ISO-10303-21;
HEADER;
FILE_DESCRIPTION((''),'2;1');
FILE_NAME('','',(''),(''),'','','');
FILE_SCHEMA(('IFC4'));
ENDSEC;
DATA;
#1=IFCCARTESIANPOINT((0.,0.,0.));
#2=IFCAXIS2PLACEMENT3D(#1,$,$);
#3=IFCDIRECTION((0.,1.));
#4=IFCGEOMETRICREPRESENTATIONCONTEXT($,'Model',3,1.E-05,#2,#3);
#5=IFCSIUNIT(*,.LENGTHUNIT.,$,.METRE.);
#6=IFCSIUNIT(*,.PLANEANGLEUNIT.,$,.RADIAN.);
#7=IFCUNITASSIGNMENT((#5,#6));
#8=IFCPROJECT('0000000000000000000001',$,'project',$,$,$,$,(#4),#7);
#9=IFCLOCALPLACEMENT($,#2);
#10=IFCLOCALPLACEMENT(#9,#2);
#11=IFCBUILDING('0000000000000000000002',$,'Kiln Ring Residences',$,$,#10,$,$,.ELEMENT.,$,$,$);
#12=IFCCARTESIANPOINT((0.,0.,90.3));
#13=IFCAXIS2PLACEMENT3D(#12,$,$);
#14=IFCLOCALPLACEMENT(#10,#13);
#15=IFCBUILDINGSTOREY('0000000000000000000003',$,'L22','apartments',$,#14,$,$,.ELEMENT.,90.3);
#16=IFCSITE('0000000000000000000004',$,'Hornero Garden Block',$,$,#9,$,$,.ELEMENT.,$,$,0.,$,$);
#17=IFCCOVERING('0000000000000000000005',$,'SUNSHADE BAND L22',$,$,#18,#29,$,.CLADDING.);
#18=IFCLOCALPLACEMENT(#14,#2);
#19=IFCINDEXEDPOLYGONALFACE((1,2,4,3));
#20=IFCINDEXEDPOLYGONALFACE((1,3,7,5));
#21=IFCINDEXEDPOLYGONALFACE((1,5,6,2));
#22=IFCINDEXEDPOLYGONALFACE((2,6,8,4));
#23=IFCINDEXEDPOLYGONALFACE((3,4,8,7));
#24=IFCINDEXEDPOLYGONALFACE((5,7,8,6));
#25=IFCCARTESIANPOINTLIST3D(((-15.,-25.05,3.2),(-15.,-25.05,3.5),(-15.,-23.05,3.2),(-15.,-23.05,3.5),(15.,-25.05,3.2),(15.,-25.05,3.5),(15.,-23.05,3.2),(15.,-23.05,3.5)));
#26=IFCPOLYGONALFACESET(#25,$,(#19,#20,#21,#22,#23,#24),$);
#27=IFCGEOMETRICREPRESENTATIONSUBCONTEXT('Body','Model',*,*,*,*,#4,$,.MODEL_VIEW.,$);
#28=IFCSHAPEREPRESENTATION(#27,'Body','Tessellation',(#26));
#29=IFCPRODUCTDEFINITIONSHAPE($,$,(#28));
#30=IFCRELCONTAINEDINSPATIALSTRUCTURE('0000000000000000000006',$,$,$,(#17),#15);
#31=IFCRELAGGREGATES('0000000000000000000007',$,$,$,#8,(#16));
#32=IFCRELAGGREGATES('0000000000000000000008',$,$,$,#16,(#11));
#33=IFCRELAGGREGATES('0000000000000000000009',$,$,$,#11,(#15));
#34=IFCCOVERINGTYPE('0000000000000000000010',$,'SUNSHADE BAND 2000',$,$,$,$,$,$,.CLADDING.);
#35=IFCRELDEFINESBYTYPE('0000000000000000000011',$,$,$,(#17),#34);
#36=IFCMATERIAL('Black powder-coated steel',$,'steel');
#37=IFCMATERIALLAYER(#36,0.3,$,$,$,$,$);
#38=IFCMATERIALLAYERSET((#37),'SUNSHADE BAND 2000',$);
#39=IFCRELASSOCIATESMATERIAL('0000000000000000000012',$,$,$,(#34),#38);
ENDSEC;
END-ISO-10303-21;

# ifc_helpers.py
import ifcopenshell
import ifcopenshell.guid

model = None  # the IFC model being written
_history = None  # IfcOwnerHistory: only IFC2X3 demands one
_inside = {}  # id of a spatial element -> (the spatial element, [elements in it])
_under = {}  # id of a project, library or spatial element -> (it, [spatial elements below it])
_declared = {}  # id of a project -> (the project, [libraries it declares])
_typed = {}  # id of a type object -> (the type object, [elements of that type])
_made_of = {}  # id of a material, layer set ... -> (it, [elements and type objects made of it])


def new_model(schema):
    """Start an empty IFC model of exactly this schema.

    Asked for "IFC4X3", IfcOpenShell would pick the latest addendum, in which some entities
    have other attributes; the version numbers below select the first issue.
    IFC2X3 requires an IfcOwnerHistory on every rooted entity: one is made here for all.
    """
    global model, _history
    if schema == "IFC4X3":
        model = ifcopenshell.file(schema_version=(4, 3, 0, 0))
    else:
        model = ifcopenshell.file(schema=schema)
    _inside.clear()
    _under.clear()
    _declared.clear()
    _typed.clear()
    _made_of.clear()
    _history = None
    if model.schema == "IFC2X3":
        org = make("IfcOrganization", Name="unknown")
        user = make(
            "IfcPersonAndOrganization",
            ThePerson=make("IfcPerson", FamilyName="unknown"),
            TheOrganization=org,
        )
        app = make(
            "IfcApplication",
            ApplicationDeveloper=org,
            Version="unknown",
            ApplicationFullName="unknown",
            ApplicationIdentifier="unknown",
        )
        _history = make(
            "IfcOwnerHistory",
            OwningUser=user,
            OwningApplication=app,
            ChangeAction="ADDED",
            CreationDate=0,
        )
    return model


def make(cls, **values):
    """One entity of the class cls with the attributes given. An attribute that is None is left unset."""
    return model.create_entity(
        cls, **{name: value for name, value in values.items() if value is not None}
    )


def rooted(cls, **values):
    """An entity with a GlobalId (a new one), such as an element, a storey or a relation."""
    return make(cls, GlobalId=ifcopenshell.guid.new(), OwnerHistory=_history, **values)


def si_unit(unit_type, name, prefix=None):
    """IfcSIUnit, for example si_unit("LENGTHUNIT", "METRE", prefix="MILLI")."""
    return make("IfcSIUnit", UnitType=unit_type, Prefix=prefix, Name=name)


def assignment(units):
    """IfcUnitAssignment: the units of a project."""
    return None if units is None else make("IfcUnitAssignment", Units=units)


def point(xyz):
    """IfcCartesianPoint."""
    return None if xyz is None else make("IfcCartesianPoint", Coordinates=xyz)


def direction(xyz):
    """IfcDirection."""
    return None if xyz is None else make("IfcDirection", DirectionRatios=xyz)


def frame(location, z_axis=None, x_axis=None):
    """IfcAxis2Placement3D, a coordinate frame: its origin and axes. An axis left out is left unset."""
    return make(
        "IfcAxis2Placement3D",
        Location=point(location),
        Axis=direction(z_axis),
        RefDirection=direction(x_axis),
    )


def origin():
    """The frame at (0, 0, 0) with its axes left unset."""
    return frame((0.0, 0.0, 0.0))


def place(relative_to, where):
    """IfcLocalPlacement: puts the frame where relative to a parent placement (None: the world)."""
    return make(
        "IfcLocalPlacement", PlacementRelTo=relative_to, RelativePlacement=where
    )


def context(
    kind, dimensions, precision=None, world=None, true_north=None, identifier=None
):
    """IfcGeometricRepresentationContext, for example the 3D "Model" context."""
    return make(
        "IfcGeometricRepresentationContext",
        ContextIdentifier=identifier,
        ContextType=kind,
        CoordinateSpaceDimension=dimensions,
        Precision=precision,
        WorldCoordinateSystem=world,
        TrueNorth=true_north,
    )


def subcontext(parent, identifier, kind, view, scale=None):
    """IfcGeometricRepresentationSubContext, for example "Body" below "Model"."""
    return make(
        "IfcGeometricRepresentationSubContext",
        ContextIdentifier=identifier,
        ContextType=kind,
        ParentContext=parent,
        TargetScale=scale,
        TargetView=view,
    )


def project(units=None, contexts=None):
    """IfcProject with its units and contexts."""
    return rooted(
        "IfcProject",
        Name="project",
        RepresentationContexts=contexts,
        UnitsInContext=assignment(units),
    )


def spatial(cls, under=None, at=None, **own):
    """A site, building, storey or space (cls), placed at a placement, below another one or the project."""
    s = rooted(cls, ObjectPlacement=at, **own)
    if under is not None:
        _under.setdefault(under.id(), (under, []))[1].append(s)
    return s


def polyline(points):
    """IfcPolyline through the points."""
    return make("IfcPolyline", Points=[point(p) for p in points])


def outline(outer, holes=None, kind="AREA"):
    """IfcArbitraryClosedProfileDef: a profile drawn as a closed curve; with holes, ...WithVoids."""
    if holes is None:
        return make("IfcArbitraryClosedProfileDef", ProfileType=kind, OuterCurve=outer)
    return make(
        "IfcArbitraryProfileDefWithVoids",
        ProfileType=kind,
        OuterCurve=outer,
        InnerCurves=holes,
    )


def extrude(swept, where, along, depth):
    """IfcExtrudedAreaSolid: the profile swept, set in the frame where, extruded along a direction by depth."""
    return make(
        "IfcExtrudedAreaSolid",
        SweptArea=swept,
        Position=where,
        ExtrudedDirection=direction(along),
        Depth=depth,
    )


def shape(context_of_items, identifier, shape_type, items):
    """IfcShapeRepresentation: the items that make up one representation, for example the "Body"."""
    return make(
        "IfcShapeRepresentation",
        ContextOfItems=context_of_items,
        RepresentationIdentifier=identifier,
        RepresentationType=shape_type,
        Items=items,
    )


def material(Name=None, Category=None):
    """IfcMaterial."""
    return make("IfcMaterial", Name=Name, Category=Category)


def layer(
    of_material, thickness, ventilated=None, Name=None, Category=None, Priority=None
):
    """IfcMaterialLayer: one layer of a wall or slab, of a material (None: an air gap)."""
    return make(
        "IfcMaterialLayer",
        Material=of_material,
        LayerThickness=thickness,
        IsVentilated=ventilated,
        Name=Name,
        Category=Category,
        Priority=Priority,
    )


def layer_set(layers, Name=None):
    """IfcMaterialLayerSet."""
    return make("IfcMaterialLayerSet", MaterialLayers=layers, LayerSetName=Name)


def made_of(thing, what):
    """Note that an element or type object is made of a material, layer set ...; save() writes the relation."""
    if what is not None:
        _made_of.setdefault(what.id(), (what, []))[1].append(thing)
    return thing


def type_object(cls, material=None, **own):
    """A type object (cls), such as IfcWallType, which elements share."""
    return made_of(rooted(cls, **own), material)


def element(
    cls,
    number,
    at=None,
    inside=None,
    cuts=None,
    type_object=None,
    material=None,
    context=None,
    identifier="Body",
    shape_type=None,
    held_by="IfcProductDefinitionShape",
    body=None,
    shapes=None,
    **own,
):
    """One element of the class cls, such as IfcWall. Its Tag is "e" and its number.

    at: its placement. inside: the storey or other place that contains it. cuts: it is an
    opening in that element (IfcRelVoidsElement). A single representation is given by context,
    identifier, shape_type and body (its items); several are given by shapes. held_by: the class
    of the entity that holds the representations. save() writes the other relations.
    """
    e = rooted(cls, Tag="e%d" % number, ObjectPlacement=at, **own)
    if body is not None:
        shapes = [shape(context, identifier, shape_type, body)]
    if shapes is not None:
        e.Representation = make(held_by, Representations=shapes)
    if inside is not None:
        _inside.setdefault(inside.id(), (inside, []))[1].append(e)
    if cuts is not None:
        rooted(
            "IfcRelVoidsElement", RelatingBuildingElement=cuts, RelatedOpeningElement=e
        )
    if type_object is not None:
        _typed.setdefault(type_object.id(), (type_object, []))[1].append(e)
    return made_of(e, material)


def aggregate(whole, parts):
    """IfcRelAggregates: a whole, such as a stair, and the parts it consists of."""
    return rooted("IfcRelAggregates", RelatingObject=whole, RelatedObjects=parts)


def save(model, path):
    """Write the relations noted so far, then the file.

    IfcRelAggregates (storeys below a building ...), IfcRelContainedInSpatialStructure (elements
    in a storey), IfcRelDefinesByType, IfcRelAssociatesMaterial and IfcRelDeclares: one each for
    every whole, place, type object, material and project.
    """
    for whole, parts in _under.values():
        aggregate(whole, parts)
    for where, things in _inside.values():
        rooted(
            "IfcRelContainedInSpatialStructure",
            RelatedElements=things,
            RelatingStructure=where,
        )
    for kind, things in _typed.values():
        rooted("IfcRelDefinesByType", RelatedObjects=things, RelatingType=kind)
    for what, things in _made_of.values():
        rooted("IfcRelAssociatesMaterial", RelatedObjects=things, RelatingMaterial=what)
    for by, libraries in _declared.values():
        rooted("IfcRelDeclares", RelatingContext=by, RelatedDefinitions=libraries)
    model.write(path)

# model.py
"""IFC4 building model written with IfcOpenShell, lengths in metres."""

from ifc_helpers import new_model, si_unit, direction, frame, origin, place, context, subcontext, project, spatial, polyline, outline, extrude, material, layer, layer_set, type_object, element, save


model = new_model("IFC4")

# Units and contexts
model_context = context("Model", 3, precision=1e-05, world=origin(), true_north=direction((0.0, 1.0)))
body_context = subcontext(model_context, "Body", "Model", "MODEL_VIEW")
ifc_project = project(units=[si_unit("LENGTHUNIT", "METRE"), si_unit("PLANEANGLEUNIT", "RADIAN")], contexts=[model_context])

# Site, building, storey
site_placement = place(None, origin())
site = spatial("IfcSite", under=ifc_project, at=site_placement, Name="Hornero Garden Block", CompositionType="ELEMENT", RefElevation=0.0)
building_placement = place(site_placement, origin())
building = spatial("IfcBuilding", under=site, at=building_placement, Name="Kiln Ring Residences", CompositionType="ELEMENT")
storey_placement = place(building_placement, frame((0.0, 0.0, 90.3)))
storey = spatial("IfcBuildingStorey", under=building, at=storey_placement, Name="L22", Description="apartments", CompositionType="ELEMENT", Elevation=90.3)

# Covering
ifc_material_1 = material(Name="Black powder-coated steel", Category="steel")
ifc_layer_1 = layer(ifc_material_1, 0.3)
ifc_layer_set_1 = layer_set([ifc_layer_1], Name="SUNSHADE BAND 2000")
covering_type = type_object("IfcCoveringType", Name="SUNSHADE BAND 2000", PredefinedType="CLADDING", material=ifc_layer_set_1)
placement_1 = place(storey_placement, frame((0.0, 0.0, 3.2)))
element("IfcCovering", 1, at=placement_1, inside=storey, type_object=covering_type, Name="SUNSHADE BAND L22", PredefinedType="CLADDING", context=body_context, shape_type="SweptSolid", body=[
    extrude(outline(polyline([(-15.0, -25.05), (15.0, -25.05), (15.0, -23.05), (-15.0, -23.05), (-15.0, -25.05)])), origin(), (0.0, 0.0, 1.0), 0.3),
])

save(model, "model.ifc")
